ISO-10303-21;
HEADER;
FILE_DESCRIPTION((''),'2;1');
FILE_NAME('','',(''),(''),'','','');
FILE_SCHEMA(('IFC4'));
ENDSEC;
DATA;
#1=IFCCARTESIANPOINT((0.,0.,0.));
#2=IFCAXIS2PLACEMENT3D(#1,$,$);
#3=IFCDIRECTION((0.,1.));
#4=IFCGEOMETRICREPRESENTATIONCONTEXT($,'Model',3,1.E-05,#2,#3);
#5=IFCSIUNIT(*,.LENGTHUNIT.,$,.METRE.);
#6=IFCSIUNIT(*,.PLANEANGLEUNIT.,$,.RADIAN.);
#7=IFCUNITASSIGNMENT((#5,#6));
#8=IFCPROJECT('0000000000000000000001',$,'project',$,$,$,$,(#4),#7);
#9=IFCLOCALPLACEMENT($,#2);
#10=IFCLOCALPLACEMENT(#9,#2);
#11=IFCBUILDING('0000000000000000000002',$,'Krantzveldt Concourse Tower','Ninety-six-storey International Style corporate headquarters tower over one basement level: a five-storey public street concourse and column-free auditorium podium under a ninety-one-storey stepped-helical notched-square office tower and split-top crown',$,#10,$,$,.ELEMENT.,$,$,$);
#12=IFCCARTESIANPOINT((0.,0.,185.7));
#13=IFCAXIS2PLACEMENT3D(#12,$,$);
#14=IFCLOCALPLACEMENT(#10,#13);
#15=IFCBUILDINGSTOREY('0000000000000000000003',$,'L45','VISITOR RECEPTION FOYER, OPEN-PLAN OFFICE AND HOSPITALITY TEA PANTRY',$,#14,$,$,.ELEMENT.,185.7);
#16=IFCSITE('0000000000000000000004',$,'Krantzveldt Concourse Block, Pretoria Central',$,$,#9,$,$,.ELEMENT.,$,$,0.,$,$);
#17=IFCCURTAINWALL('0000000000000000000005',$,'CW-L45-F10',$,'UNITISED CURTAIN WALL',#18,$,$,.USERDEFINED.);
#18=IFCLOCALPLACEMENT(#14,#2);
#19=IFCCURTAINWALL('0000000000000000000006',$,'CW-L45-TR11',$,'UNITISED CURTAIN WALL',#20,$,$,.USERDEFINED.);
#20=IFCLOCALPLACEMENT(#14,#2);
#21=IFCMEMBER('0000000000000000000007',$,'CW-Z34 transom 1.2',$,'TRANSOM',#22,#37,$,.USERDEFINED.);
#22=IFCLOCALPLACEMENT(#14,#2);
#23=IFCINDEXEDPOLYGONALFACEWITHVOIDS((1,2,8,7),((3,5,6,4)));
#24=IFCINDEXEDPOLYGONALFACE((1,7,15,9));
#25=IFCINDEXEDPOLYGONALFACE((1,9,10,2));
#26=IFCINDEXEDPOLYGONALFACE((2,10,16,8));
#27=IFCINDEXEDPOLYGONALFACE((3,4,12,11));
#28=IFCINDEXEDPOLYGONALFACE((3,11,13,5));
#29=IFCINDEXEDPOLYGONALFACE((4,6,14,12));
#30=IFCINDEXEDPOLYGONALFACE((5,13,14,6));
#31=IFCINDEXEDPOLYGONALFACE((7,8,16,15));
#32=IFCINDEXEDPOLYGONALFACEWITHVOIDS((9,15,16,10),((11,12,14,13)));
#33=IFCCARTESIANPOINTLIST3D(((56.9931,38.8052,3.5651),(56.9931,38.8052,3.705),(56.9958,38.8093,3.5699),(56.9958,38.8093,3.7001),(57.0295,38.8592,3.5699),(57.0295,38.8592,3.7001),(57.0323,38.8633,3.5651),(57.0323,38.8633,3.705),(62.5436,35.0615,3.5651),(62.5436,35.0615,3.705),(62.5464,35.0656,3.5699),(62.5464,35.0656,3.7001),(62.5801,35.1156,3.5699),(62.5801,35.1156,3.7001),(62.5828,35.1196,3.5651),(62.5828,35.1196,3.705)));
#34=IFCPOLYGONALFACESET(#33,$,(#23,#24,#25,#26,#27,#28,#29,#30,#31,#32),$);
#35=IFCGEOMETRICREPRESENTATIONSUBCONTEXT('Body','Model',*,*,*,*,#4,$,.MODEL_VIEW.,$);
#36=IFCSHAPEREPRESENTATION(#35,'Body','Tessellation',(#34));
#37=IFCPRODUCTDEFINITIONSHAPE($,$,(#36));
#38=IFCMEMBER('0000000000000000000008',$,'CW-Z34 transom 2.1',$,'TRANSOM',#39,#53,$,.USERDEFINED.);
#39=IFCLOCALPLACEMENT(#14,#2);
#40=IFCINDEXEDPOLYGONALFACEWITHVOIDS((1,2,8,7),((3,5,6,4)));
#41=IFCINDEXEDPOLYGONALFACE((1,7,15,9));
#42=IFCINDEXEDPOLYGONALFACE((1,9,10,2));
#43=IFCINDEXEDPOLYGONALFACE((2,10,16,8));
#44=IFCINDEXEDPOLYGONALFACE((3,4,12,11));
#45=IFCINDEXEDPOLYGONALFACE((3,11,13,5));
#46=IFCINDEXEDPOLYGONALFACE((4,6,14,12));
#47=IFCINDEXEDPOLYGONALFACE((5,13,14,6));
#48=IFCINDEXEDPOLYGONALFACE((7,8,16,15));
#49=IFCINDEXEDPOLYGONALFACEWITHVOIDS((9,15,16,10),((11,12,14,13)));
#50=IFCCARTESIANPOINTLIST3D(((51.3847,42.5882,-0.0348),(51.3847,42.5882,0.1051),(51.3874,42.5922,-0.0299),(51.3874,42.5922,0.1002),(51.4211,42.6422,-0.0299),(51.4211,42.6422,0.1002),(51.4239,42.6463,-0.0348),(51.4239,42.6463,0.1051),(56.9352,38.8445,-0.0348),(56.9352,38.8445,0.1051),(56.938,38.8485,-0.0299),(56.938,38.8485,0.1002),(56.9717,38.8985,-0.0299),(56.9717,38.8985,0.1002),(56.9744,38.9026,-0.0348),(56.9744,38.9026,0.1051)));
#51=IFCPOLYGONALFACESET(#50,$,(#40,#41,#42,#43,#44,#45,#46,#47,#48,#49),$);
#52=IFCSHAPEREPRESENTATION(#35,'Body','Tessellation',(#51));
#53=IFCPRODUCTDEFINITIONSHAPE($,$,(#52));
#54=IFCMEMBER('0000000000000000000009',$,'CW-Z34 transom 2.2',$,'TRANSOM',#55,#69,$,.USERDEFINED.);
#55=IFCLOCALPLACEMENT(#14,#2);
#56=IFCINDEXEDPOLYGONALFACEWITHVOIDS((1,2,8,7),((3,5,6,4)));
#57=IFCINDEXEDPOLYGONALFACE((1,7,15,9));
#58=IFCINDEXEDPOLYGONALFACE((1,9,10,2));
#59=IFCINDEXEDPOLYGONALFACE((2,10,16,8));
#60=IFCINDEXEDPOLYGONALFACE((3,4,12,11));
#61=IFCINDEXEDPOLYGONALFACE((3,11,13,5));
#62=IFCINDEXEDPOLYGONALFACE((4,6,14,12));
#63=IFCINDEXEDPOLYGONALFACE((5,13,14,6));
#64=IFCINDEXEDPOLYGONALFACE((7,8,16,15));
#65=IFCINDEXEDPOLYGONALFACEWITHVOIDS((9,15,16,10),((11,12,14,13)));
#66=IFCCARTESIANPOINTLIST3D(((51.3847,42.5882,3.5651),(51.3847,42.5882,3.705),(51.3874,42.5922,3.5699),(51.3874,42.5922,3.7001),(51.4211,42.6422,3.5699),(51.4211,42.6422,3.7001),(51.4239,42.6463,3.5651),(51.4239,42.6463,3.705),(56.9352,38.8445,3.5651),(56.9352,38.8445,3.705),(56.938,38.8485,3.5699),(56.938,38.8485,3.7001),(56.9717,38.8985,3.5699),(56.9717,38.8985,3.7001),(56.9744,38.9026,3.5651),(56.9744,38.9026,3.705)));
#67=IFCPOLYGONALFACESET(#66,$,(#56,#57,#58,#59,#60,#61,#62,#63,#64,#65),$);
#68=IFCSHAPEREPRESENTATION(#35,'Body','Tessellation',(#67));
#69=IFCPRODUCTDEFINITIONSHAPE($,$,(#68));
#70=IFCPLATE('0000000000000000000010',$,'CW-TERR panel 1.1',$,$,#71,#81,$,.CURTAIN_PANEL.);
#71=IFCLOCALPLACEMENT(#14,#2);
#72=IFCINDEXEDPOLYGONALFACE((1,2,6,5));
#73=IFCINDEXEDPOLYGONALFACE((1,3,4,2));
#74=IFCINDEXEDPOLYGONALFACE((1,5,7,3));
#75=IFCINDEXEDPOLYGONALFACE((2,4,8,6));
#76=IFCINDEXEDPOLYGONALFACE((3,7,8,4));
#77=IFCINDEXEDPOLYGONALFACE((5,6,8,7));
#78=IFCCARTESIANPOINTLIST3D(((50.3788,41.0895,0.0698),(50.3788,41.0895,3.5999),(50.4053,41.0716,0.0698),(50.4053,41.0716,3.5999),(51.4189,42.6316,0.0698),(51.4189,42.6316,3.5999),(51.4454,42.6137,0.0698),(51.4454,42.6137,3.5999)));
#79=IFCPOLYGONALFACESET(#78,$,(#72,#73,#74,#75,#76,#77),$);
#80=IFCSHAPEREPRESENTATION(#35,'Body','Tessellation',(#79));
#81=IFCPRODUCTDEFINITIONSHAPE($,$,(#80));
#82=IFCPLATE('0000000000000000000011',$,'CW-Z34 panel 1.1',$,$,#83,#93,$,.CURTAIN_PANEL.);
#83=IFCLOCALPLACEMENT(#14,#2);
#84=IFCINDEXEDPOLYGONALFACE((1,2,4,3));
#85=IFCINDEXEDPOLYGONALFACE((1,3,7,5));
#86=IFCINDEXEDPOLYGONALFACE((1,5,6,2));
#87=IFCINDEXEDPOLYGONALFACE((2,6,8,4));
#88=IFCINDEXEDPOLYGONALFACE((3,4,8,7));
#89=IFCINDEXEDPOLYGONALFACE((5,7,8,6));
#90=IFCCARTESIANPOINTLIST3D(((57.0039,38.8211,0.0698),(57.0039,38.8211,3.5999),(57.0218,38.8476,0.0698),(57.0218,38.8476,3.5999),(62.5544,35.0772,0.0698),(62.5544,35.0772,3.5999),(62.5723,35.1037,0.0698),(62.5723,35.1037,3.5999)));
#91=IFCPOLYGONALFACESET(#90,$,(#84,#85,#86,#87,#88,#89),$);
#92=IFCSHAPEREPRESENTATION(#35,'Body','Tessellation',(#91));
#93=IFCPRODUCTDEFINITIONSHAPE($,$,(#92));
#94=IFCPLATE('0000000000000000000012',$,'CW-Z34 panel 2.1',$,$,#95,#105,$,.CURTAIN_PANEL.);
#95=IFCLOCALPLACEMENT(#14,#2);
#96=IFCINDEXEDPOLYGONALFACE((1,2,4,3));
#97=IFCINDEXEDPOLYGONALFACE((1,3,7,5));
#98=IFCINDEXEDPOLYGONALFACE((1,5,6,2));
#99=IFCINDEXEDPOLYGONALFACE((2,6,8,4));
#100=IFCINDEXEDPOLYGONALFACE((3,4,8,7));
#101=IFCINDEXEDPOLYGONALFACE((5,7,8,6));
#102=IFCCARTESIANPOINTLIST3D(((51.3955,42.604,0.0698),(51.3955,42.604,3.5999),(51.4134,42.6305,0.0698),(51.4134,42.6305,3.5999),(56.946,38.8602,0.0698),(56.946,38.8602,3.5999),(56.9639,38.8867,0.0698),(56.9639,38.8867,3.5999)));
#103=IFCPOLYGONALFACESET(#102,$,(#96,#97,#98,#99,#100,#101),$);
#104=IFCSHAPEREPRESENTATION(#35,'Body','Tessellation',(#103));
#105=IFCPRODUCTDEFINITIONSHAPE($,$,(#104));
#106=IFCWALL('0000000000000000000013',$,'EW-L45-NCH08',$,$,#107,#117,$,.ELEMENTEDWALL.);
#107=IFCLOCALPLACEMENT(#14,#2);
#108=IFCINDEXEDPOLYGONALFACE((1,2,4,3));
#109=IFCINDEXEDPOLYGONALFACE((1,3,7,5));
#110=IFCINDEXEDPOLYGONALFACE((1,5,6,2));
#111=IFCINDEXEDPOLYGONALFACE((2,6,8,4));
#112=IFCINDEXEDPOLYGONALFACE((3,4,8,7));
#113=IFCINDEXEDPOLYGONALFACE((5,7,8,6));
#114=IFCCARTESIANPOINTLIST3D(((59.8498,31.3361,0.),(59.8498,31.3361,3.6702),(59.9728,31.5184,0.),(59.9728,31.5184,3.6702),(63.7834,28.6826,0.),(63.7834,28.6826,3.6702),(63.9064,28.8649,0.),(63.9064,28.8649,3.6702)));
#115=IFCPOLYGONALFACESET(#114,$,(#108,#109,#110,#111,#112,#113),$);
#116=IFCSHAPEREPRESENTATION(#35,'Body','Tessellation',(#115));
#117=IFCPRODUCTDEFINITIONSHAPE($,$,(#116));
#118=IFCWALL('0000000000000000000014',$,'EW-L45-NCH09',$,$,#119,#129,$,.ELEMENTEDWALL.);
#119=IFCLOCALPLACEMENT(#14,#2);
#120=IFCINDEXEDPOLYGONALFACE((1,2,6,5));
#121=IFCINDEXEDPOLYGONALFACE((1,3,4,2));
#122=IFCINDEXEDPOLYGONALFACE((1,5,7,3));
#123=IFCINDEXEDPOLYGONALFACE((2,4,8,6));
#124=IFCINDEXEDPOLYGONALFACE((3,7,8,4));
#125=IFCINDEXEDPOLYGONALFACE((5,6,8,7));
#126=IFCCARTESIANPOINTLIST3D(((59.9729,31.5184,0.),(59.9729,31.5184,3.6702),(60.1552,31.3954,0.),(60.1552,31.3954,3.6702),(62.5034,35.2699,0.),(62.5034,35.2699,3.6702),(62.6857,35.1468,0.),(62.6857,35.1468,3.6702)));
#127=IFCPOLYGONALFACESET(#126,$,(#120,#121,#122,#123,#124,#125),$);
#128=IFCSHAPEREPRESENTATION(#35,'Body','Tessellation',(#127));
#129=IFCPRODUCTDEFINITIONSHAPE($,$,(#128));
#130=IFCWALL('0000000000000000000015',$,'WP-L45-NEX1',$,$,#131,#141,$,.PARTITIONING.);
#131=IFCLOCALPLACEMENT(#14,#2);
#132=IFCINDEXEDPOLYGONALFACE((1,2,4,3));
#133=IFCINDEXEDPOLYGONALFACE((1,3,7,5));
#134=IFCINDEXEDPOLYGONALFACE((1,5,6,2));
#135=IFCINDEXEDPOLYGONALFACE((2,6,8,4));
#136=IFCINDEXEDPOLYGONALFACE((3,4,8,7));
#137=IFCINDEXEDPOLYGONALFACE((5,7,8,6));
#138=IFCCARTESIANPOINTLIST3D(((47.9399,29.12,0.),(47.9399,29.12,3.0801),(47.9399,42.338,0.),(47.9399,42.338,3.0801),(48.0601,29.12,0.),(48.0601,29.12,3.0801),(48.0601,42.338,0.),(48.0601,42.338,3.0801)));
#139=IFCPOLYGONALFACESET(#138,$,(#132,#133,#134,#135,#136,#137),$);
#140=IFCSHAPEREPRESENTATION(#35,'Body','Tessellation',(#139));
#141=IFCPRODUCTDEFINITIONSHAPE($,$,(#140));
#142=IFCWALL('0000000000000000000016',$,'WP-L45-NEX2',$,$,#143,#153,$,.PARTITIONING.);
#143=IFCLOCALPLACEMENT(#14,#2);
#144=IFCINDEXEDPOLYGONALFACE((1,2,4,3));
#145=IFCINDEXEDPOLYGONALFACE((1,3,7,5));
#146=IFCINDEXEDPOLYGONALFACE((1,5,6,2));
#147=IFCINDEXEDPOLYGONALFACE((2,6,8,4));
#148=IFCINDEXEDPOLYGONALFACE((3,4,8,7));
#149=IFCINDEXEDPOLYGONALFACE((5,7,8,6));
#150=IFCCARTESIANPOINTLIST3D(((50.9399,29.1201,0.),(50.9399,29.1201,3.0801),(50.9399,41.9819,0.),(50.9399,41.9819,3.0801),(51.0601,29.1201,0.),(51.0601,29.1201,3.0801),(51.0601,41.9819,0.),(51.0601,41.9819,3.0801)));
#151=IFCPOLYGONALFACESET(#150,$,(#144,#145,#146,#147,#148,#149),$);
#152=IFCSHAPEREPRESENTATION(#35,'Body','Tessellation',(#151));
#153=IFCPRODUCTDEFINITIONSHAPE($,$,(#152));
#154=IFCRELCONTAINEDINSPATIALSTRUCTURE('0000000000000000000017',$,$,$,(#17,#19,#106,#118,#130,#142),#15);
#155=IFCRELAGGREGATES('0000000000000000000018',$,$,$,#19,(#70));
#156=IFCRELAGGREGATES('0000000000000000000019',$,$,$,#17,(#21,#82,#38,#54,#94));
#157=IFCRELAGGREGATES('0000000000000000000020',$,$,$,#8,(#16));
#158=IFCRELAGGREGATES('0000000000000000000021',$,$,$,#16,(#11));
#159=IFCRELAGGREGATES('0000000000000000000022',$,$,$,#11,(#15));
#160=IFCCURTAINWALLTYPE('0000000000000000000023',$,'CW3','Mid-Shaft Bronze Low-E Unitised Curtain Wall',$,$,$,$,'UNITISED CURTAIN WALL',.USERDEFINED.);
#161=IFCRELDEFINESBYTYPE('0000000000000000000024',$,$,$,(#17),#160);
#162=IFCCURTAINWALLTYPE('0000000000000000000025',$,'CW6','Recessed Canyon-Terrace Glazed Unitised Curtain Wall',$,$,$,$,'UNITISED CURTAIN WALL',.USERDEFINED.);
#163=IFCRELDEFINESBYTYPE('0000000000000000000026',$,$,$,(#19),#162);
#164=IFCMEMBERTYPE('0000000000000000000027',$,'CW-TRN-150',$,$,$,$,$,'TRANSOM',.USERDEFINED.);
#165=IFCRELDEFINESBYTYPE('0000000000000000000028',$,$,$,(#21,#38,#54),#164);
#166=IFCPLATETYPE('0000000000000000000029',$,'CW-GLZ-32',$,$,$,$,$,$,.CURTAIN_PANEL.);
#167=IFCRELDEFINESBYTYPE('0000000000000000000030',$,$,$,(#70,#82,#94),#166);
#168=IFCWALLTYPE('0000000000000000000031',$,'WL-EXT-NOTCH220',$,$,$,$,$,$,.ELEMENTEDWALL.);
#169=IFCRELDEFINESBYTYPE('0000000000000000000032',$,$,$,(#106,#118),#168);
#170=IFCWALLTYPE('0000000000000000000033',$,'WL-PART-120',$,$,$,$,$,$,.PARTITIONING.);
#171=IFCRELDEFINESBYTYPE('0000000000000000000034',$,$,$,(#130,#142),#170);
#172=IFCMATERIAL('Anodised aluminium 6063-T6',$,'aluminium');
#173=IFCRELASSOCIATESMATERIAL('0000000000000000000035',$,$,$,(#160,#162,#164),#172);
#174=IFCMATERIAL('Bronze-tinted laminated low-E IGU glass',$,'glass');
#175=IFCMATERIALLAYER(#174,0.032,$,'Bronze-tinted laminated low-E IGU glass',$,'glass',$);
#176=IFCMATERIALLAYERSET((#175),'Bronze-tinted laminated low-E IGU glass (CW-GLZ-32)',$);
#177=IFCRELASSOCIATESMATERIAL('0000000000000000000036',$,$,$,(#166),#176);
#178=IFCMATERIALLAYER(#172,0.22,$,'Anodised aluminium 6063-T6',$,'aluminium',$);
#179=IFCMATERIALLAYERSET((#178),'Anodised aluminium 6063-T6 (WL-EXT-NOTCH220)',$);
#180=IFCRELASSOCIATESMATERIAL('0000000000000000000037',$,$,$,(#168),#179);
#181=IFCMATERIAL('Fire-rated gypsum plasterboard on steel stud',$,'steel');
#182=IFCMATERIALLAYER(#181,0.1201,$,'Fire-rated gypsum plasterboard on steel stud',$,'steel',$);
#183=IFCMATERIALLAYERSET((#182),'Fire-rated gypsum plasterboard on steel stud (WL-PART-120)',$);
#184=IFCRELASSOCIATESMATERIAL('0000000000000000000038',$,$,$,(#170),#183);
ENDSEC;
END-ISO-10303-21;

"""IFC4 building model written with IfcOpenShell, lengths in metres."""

from ifc_helpers import new_model, si_unit, direction, frame, frame_2d, origin, origin_2d, place, context, subcontext, project, spatial, rectangle, hollow_rectangle, extrude, source, transform, mapped, material, layer, layer_set, material_profile, profile_set, type_object, type_shapes, element, aggregate, save


model = new_model("IFC4")

# Units and contexts
model_context = context("Model", 3, precision=1e-05, world=origin(), true_north=direction((0.0, 1.0)))
body_context = subcontext(model_context, "Body", "Model", "MODEL_VIEW")
ifc_project = project(units=[si_unit("LENGTHUNIT", "METRE"), si_unit("PLANEANGLEUNIT", "RADIAN")], contexts=[model_context])

# Site, building, storey
site_placement = place(None, origin())
site = spatial("IfcSite", under=ifc_project, at=site_placement, Name="Krantzveldt Concourse Block, Pretoria Central", CompositionType="ELEMENT", RefElevation=0.0)
building_placement = place(site_placement, origin())
building = spatial("IfcBuilding", under=site, at=building_placement, Name="Krantzveldt Concourse Tower", Description="Ninety-six-storey International Style corporate headquarters tower over one basement level: a five-storey public street concourse and column-free auditorium podium under a ninety-one-storey stepped-helical notched-square office tower and split-top crown", CompositionType="ELEMENT")
storey_placement = place(building_placement, frame((0.0, 0.0, 185.7)))
storey = spatial("IfcBuildingStorey", under=building, at=storey_placement, Name="L45", Description="VISITOR RECEPTION FOYER, OPEN-PLAN OFFICE AND HOSPITALITY TEA PANTRY", CompositionType="ELEMENT", Elevation=185.7)

# Shared definitions
ifc_material_1 = material(Name="Anodised aluminium 6063-T6", Category="aluminium")
curtain_wall_type_1 = type_object("IfcCurtainWallType", Name="CW3", Description="Mid-Shaft Bronze Low-E Unitised Curtain Wall", ElementType="UNITISED CURTAIN WALL", PredefinedType="USERDEFINED", material=ifc_material_1)

# Curtain walls
curtain_wall_1_placement = place(storey_placement, origin())
curtain_wall_1 = element("IfcCurtainWall", 1, at=curtain_wall_1_placement, inside=storey, type_object=curtain_wall_type_1, Name="CW-L45-F10", ObjectType="UNITISED CURTAIN WALL", PredefinedType="USERDEFINED")
curtain_wall_type_2 = type_object("IfcCurtainWallType", Name="CW6", Description="Recessed Canyon-Terrace Glazed Unitised Curtain Wall", ElementType="UNITISED CURTAIN WALL", PredefinedType="USERDEFINED", material=ifc_material_1)
curtain_wall_2_placement = place(storey_placement, origin())
curtain_wall_2 = element("IfcCurtainWall", 2, at=curtain_wall_2_placement, inside=storey, type_object=curtain_wall_type_2, Name="CW-L45-TR11", ObjectType="UNITISED CURTAIN WALL", PredefinedType="USERDEFINED")

# Members
ifc_material_profile_1 = material_profile(ifc_material_1, hollow_rectangle(XDim=0.0701, YDim=0.1399, WallThickness=0.0049, at=origin_2d()), Name="Anodised aluminium 6063-T6", Category="aluminium")
ifc_profile_set_1 = profile_set([ifc_material_profile_1], Name="Anodised aluminium 6063-T6 - ALU-TRAN 140x70x5")
member_type_1 = type_object("IfcMemberType", Name="CW-TRN-150", ElementType="TRANSOM", PredefinedType="USERDEFINED", material=ifc_profile_set_1)
shared_shape_1 = source(origin(), body_context, "Body", "SweptSolid", [
    extrude(hollow_rectangle(XDim=0.0701, YDim=0.1399, WallThickness=0.0049, at=origin_2d()), origin(), (0.0, 0.0, 1.0), 6.6951),
])
member_1_placement = place(storey_placement, frame((62.5632, 35.0906, 3.635), z_axis=(-0.829054, 0.559169, 0.0), x_axis=(-0.559169, -0.829054, 0.0)))
member_1 = element("IfcMember", 3, at=member_1_placement, type_object=member_type_1, Name="CW-Z34 transom 1.2", ObjectType="TRANSOM", PredefinedType="USERDEFINED", context=body_context, shape_type="MappedRepresentation", body=[
    mapped(shared_shape_1, transform((0.0, 0.0, 0.0), x_axis=(1.0, 0.0, 0.0), y_axis=(0.0, 1.0, 0.0), z_axis=(0.0, 0.0, 1.0), scale=1.0)),
])
member_2_placement = place(storey_placement, frame((56.9548, 38.8735, 0.0352), z_axis=(-0.829054, 0.559169, 0.0), x_axis=(-0.559169, -0.829054, 0.0)))
member_2 = element("IfcMember", 4, at=member_2_placement, type_object=member_type_1, Name="CW-Z34 transom 2.1", ObjectType="TRANSOM", PredefinedType="USERDEFINED", context=body_context, shape_type="MappedRepresentation", body=[
    mapped(shared_shape_1, transform((0.0, 0.0, 0.0), x_axis=(1.0, 0.0, 0.0), y_axis=(0.0, 1.0, 0.0), z_axis=(0.0, 0.0, 1.0), scale=1.0)),
])
member_3_placement = place(storey_placement, frame((56.9548, 38.8735, 3.635), z_axis=(-0.829054, 0.559169, 0.0), x_axis=(-0.559169, -0.829054, 0.0)))
member_3 = element("IfcMember", 5, at=member_3_placement, type_object=member_type_1, Name="CW-Z34 transom 2.2", ObjectType="TRANSOM", PredefinedType="USERDEFINED", context=body_context, shape_type="MappedRepresentation", body=[
    mapped(shared_shape_1, transform((0.0, 0.0, 0.0), x_axis=(1.0, 0.0, 0.0), y_axis=(0.0, 1.0, 0.0), z_axis=(0.0, 0.0, 1.0), scale=1.0)),
])

# Plates
ifc_material_2 = material(Name="Bronze-tinted laminated low-E IGU glass", Category="glass")
ifc_layer_1 = layer(ifc_material_2, 0.032, Name="Bronze-tinted laminated low-E IGU glass", Category="glass")
ifc_layer_set_1 = layer_set([ifc_layer_1], Name="Bronze-tinted laminated low-E IGU glass (CW-GLZ-32)")
plate_type = type_object("IfcPlateType", Name="CW-GLZ-32", PredefinedType="CURTAIN_PANEL", material=ifc_layer_set_1)
shared_shape_2 = source(origin(), body_context, "Body", "SweptSolid", [
    extrude(rectangle(XDim=1.8601, YDim=0.032, at=origin_2d()), origin(), (0.0, 0.0, 1.0), 3.53),
])
plate_1_placement = place(storey_placement, frame((50.9121, 41.8516, 0.0698), z_axis=(0.0, 0.0, 1.0), x_axis=(-0.559193, -0.829037, 0.0)))
plate_1 = element("IfcPlate", 6, at=plate_1_placement, type_object=plate_type, Name="CW-TERR panel 1.1", PredefinedType="CURTAIN_PANEL", context=body_context, shape_type="MappedRepresentation", body=[
    mapped(shared_shape_2, transform((0.0, 0.0, 0.0), x_axis=(1.0, 0.0, 0.0), y_axis=(0.0, 1.0, 0.0), z_axis=(0.0, 0.0, 1.0), scale=1.0)),
])
aggregate(curtain_wall_2, [plate_1])
shared_shape_3 = source(origin(), body_context, "Body", "SweptSolid", [
    extrude(rectangle(XDim=6.6951, YDim=0.032, at=origin_2d()), origin(), (0.0, 0.0, 1.0), 3.53),
])
type_shapes(plate_type, [shared_shape_2, shared_shape_3])
plate_2_placement = place(storey_placement, frame((59.7881, 36.9624, 0.0698), z_axis=(0.0, 0.0, 1.0), x_axis=(-0.829038, 0.559193, 0.0)))
plate_2 = element("IfcPlate", 7, at=plate_2_placement, type_object=plate_type, Name="CW-Z34 panel 1.1", PredefinedType="CURTAIN_PANEL", context=body_context, shape_type="MappedRepresentation", body=[
    mapped(shared_shape_3, transform((0.0, 0.0, 0.0), x_axis=(1.0, 0.0, 0.0), y_axis=(0.0, 1.0, 0.0), z_axis=(0.0, 0.0, 1.0), scale=1.0)),
])
plate_3_placement = place(storey_placement, frame((54.1797, 40.7454, 0.0698), z_axis=(0.0, 0.0, 1.0), x_axis=(-0.829038, 0.559193, 0.0)))
plate_3 = element("IfcPlate", 8, at=plate_3_placement, type_object=plate_type, Name="CW-Z34 panel 2.1", PredefinedType="CURTAIN_PANEL", context=body_context, shape_type="MappedRepresentation", body=[
    mapped(shared_shape_3, transform((0.0, 0.0, 0.0), x_axis=(1.0, 0.0, 0.0), y_axis=(0.0, 1.0, 0.0), z_axis=(0.0, 0.0, 1.0), scale=1.0)),
])
aggregate(curtain_wall_1, [member_1, plate_2, member_2, member_3, plate_3])

# Walls
ifc_layer_2 = layer(ifc_material_1, 0.22, Name="Anodised aluminium 6063-T6", Category="aluminium")
ifc_layer_set_2 = layer_set([ifc_layer_2], Name="Anodised aluminium 6063-T6 (WL-EXT-NOTCH220)")
wall_type_1 = type_object("IfcWallType", Name="WL-EXT-NOTCH220", PredefinedType="ELEMENTEDWALL", material=ifc_layer_set_2)
wall_1_placement = place(storey_placement, frame((63.845, 28.7737, 0.0), z_axis=(0.0, 0.0, 1.0), x_axis=(-0.829006, 0.55924, 0.0)))
element("IfcWall", 9, at=wall_1_placement, inside=storey, type_object=wall_type_1, Name="EW-L45-NCH08", PredefinedType="ELEMENTEDWALL", context=body_context, shape_type="SweptSolid", body=[
    extrude(rectangle(XDim=4.7449, YDim=0.22, at=frame_2d((2.3726, 0.0))), origin(), (0.0, 0.0, 1.0), 3.6702),
])
wall_2_placement = place(storey_placement, frame((60.064, 31.4568, 0.0), z_axis=(0.0, 0.0, 1.0), x_axis=(0.559212, 0.829025, 0.0)))
element("IfcWall", 10, at=wall_2_placement, inside=storey, type_object=wall_type_1, Name="EW-L45-NCH09", PredefinedType="ELEMENTEDWALL", context=body_context, shape_type="SweptSolid", body=[
    extrude(rectangle(XDim=4.5251, YDim=0.22, at=frame_2d((2.2627, 0.0))), origin(), (0.0, 0.0, 1.0), 3.6702),
])
ifc_material_3 = material(Name="Fire-rated gypsum plasterboard on steel stud", Category="steel")
ifc_layer_3 = layer(ifc_material_3, 0.1201, Name="Fire-rated gypsum plasterboard on steel stud", Category="steel")
ifc_layer_set_3 = layer_set([ifc_layer_3], Name="Fire-rated gypsum plasterboard on steel stud (WL-PART-120)")
wall_type_2 = type_object("IfcWallType", Name="WL-PART-120", PredefinedType="PARTITIONING", material=ifc_layer_set_3)
wall_3_placement = place(storey_placement, frame((48.0, 29.1201, 0.0), z_axis=(0.0, 0.0, 1.0), x_axis=(0.0, 1.0, 0.0)))
element("IfcWall", 11, at=wall_3_placement, inside=storey, type_object=wall_type_2, Name="WP-L45-NEX1", PredefinedType="PARTITIONING", context=body_context, shape_type="SweptSolid", body=[
    extrude(rectangle(XDim=13.218, YDim=0.1201, at=frame_2d((6.6089, 0.0))), origin(), (0.0, 0.0, 1.0), 3.0801),
])
wall_4_placement = place(storey_placement, frame((51.0, 29.1201, 0.0), z_axis=(0.0, 0.0, 1.0), x_axis=(0.0, 1.0, 0.0)))
element("IfcWall", 12, at=wall_4_placement, inside=storey, type_object=wall_type_2, Name="WP-L45-NEX2", PredefinedType="PARTITIONING", context=body_context, shape_type="SweptSolid", body=[
    extrude(rectangle(XDim=12.8618, YDim=0.1201, at=frame_2d((6.4309, 0.0))), origin(), (0.0, 0.0, 1.0), 3.0801),
])

save(model, "model.ifc")
